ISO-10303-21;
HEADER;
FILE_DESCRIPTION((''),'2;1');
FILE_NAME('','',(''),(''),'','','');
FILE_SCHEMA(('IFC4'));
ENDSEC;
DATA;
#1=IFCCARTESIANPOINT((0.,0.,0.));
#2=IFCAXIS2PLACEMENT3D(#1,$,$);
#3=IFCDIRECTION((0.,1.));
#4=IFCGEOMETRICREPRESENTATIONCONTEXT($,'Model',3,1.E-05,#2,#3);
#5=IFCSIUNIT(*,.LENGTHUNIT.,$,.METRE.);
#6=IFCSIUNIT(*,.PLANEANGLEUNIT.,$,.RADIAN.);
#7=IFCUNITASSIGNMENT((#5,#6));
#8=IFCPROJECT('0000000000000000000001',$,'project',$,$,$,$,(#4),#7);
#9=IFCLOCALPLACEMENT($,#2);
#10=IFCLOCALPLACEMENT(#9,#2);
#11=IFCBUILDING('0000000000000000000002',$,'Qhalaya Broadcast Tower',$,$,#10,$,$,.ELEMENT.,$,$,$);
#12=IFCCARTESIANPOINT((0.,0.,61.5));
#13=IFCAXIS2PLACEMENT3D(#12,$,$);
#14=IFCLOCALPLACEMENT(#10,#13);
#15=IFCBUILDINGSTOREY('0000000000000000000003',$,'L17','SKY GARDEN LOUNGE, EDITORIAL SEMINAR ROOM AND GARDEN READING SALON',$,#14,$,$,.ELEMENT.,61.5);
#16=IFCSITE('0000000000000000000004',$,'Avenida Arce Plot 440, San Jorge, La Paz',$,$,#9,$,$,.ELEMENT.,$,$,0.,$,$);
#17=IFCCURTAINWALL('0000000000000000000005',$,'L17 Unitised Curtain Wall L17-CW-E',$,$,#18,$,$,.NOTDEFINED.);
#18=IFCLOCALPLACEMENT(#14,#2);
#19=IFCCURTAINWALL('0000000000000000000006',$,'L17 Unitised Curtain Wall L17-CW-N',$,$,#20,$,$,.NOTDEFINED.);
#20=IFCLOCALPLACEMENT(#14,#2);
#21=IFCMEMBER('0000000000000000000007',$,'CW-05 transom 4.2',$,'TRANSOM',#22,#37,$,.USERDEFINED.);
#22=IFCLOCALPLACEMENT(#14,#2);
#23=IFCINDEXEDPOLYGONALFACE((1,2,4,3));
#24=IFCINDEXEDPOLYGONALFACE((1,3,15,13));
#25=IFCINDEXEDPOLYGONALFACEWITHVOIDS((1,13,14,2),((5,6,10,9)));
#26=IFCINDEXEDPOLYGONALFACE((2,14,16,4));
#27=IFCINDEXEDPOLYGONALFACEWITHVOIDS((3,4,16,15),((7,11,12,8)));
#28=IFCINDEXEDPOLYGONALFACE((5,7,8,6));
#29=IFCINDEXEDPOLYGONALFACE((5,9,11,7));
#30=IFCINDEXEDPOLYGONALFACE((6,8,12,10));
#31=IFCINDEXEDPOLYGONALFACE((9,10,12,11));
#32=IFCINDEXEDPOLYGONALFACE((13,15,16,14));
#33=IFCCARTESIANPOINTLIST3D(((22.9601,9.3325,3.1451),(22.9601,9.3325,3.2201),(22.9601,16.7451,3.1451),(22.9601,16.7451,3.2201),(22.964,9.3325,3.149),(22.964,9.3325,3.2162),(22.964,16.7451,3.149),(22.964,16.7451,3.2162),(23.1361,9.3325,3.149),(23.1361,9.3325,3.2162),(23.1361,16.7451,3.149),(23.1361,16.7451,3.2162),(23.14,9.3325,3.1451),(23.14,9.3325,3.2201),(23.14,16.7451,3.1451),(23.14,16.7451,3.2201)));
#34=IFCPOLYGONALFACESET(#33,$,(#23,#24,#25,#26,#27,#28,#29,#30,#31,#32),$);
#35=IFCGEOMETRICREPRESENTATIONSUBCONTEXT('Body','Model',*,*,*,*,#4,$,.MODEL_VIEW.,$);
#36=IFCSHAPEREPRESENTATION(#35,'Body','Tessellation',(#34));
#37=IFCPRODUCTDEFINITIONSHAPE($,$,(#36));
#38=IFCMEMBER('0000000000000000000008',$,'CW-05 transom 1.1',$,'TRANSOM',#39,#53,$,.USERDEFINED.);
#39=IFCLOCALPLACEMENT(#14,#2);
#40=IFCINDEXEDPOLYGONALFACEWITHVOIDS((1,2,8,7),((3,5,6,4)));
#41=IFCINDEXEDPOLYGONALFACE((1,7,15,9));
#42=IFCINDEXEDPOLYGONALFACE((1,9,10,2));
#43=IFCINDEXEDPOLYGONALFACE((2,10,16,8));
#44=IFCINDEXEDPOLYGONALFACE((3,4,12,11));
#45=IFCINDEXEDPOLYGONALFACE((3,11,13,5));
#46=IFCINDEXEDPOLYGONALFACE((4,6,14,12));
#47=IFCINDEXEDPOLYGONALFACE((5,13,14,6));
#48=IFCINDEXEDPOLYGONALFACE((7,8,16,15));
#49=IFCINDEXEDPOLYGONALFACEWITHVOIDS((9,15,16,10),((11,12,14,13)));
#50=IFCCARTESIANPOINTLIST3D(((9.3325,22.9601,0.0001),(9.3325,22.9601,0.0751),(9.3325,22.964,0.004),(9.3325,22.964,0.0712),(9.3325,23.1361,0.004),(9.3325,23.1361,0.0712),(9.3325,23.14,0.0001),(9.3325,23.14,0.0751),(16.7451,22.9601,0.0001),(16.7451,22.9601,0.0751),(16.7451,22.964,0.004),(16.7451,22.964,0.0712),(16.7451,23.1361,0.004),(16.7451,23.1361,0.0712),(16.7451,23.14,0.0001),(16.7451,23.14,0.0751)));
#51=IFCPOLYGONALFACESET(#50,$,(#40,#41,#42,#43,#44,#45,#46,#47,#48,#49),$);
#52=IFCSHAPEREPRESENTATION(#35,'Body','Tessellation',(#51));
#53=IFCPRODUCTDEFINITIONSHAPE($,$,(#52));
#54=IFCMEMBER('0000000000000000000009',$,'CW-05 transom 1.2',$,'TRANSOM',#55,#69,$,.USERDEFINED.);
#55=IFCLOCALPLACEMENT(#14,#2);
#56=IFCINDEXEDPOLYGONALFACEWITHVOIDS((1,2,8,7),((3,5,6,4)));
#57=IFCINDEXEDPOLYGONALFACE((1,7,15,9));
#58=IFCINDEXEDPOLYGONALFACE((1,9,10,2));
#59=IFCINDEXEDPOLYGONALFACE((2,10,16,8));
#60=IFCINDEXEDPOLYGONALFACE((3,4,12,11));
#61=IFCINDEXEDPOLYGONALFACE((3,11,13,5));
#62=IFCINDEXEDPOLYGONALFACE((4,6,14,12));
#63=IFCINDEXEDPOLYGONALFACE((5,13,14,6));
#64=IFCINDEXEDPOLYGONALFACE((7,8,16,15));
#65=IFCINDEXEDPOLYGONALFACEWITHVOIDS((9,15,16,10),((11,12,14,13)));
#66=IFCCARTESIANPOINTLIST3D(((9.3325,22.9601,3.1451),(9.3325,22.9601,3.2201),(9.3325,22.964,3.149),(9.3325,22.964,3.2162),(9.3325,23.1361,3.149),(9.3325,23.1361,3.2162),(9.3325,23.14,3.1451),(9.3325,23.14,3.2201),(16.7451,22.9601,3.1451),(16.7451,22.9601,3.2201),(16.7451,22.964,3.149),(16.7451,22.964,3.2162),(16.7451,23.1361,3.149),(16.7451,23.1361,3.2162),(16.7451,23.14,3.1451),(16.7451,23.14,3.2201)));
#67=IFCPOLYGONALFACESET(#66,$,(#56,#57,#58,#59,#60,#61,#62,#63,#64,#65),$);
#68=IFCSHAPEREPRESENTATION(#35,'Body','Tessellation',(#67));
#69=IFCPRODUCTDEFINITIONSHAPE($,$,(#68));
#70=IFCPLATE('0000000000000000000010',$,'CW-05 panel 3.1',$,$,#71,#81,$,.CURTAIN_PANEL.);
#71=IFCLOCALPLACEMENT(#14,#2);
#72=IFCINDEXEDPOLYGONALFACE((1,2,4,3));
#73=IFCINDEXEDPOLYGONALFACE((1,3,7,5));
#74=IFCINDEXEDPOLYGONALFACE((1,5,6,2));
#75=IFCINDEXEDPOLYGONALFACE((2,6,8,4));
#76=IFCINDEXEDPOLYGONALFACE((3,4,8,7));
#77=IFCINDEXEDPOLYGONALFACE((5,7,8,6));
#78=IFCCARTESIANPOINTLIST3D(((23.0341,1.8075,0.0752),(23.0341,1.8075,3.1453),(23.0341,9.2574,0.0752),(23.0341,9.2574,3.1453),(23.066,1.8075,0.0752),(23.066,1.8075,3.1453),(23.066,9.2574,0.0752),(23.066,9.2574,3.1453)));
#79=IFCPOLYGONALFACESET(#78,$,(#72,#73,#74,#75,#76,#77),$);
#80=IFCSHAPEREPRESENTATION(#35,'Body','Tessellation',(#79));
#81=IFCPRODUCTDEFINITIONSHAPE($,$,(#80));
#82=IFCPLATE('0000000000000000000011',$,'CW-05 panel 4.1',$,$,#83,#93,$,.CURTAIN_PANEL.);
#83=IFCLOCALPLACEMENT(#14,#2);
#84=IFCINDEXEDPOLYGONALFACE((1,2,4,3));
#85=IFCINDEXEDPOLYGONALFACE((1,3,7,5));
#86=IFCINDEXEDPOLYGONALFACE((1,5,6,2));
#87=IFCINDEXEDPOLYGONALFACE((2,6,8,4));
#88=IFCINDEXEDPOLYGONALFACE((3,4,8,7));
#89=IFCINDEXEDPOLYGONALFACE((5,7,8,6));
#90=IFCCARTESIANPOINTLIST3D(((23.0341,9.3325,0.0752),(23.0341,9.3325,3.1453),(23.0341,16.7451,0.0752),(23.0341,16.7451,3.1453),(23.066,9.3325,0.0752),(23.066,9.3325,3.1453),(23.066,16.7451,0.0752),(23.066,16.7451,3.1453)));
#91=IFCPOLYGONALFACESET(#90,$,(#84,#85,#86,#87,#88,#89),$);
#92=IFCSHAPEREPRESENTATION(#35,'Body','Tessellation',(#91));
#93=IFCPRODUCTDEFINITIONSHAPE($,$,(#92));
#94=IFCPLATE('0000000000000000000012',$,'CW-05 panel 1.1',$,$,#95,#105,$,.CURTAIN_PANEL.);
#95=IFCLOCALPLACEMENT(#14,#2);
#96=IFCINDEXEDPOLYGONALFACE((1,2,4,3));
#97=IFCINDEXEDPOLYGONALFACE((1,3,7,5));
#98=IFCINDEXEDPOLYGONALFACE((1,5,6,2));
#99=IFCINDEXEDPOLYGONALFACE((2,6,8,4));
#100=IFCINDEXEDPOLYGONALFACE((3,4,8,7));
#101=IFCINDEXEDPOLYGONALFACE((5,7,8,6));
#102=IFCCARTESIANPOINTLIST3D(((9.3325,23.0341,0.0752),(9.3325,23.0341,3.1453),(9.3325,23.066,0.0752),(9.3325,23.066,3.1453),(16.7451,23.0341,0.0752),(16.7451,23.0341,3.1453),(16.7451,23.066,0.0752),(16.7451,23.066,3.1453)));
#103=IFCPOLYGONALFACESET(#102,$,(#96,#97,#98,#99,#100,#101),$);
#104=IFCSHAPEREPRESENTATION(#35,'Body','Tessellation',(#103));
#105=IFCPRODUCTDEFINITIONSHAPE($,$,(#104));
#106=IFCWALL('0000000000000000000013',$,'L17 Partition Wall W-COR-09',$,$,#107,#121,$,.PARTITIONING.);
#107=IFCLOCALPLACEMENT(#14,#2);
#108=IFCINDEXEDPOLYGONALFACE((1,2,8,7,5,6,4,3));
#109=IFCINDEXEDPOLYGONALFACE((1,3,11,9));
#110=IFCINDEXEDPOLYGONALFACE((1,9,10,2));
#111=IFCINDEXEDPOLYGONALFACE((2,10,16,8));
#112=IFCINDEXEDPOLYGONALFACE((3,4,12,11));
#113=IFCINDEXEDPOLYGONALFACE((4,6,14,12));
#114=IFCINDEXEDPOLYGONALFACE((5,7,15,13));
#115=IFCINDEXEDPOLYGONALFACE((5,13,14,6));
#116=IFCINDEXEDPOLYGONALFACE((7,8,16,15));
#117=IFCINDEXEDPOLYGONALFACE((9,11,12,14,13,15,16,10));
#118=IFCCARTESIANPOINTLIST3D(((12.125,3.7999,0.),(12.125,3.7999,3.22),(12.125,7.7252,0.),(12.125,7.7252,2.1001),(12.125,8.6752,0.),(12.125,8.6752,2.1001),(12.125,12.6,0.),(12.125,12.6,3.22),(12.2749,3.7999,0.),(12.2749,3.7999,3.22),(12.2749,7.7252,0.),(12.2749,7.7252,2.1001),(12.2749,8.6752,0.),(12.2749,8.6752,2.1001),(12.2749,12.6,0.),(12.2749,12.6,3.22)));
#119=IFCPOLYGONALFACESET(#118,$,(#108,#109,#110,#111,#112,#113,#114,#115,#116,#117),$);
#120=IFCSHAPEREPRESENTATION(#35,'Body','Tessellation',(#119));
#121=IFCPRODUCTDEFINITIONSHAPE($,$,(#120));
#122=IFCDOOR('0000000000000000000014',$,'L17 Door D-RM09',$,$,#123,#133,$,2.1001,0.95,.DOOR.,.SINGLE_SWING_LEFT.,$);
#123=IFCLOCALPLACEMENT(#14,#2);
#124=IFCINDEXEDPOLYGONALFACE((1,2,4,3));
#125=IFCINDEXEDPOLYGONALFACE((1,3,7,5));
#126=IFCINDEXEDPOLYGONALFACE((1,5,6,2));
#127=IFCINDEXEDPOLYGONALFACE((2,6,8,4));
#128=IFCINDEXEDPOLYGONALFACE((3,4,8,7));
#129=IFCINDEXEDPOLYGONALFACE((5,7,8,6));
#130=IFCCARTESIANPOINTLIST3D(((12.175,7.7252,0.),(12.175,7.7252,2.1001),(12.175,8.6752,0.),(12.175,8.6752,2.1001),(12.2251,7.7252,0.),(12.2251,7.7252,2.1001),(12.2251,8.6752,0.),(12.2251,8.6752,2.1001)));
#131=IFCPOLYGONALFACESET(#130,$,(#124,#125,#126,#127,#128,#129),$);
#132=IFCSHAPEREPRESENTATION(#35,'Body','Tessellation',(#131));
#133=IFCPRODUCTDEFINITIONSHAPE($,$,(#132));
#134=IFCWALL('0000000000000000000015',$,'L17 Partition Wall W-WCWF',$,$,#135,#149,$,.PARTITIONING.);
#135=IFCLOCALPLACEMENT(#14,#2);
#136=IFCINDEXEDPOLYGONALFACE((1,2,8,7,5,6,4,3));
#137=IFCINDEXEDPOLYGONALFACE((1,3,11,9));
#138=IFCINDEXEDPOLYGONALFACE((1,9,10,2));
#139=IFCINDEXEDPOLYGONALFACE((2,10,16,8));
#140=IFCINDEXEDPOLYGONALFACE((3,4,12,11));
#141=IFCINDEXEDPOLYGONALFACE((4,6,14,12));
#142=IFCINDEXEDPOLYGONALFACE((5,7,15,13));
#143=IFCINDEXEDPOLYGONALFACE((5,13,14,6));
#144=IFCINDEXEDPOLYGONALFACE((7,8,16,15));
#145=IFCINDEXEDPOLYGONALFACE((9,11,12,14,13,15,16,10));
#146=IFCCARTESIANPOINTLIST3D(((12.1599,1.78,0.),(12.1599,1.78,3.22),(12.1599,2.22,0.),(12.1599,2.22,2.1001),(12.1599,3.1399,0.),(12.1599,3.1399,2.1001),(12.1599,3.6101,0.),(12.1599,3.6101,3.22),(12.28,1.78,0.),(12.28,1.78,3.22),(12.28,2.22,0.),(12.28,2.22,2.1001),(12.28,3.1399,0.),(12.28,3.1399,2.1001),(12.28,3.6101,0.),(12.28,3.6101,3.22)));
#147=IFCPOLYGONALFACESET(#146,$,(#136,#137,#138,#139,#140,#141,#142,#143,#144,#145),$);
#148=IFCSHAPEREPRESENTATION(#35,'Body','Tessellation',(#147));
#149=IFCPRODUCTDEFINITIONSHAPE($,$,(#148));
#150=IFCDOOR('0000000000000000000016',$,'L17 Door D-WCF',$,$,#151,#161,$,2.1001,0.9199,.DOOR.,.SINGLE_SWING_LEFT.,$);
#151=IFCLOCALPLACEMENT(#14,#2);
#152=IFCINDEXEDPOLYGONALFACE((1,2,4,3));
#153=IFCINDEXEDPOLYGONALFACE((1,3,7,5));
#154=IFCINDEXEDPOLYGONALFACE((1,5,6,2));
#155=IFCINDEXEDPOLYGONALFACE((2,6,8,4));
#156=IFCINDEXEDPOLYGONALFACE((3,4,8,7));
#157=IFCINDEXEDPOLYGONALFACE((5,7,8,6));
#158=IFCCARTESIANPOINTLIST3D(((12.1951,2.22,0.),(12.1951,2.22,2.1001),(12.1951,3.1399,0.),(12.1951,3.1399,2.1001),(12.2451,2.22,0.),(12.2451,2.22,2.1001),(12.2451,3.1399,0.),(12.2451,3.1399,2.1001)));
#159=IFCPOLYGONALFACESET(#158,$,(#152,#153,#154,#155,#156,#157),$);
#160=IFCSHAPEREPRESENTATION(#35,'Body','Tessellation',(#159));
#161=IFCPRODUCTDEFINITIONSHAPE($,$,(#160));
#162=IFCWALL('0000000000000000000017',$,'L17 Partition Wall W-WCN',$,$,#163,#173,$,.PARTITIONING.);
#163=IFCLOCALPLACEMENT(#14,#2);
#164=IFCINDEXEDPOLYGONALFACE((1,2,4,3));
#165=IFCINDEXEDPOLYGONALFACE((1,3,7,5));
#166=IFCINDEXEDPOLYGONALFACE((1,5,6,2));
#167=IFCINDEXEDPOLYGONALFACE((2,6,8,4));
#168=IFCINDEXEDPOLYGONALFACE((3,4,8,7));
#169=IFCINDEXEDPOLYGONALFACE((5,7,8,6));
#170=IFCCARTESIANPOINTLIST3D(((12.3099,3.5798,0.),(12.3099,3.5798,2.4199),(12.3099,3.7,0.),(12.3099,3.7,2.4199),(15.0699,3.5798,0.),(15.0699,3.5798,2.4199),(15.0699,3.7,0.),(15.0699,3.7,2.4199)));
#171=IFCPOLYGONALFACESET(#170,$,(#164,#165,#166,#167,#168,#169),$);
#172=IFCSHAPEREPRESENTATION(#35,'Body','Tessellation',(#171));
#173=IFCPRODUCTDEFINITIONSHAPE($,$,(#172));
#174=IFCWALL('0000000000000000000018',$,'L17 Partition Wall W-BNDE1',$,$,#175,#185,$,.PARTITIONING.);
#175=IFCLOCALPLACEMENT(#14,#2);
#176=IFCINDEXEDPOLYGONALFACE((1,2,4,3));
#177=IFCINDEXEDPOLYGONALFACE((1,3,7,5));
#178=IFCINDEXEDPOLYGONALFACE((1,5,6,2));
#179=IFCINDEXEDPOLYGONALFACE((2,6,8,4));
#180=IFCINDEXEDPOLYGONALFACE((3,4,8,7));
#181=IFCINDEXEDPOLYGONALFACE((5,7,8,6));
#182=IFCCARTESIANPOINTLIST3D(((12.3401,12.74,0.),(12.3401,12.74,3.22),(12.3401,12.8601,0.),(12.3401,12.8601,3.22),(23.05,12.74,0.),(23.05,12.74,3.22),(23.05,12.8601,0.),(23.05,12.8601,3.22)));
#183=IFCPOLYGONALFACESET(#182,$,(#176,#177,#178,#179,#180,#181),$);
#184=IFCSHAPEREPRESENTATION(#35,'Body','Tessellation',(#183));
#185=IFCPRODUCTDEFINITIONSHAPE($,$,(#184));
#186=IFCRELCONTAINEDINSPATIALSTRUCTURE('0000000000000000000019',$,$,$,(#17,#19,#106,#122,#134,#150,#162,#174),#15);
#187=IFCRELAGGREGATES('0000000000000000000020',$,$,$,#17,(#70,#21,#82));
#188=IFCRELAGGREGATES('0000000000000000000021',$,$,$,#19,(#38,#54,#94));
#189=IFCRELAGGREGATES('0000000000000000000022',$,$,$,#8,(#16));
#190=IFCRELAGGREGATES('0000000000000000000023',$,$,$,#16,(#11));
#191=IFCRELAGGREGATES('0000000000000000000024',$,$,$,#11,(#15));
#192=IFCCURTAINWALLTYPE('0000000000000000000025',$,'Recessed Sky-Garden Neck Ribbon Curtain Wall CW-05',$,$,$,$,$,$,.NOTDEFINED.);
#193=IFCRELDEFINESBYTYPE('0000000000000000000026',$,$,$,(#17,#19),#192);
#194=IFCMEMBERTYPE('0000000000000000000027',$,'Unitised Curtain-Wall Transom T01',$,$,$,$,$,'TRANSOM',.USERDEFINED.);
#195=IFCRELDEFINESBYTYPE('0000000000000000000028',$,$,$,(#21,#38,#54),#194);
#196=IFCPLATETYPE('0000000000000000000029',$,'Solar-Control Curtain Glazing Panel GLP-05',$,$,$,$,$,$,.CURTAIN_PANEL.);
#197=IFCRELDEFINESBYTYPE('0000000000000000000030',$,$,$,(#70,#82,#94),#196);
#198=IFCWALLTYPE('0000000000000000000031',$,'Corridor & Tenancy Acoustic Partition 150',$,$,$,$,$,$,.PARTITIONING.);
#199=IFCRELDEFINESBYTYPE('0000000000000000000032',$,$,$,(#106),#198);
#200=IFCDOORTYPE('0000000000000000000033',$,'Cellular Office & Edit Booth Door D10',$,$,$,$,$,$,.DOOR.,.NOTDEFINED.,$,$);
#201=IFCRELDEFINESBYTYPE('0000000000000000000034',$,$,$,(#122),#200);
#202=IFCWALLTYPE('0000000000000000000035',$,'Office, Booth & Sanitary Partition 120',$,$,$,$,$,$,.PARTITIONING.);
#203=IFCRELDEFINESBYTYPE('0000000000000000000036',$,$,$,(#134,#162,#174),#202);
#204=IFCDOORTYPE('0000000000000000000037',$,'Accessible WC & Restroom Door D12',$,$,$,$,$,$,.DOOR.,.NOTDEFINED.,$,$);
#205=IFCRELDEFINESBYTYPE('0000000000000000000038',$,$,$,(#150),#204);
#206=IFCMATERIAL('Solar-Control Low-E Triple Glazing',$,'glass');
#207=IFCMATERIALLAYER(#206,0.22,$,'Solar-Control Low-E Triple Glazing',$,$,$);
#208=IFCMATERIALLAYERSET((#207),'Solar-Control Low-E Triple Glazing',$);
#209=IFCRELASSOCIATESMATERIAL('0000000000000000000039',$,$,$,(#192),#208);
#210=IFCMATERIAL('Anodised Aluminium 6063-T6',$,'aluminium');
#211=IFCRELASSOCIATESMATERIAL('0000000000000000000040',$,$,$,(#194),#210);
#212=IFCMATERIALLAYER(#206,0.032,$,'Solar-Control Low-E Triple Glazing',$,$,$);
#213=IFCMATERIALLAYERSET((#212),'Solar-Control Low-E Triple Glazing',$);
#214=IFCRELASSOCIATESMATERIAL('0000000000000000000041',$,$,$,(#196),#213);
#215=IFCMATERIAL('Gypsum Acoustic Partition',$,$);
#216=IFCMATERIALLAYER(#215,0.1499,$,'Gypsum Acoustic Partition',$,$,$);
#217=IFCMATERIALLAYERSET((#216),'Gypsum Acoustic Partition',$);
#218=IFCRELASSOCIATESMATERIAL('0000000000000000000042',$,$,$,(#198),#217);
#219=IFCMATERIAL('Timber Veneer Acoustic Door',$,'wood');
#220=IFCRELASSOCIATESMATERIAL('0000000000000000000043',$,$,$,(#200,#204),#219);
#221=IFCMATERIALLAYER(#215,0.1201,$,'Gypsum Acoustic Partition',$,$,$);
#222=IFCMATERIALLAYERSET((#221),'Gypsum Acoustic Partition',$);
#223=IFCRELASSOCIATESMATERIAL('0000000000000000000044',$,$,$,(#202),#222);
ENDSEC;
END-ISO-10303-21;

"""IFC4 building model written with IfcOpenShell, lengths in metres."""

from ifc_helpers import new_model, si_unit, direction, frame, frame_2d, origin, origin_2d, place, context, subcontext, project, spatial, rectangle, hollow_rectangle, extrude, material, layer, layer_set, material_profile, profile_set, type_object, element, fill, aggregate, save


model = new_model("IFC4")

# Units and contexts
model_context = context("Model", 3, precision=1e-05, world=origin(), true_north=direction((0.0, 1.0)))
body_context = subcontext(model_context, "Body", "Model", "MODEL_VIEW")
ifc_project = project(units=[si_unit("LENGTHUNIT", "METRE"), si_unit("PLANEANGLEUNIT", "RADIAN")], contexts=[model_context])

# Site, building, storey
site_placement = place(None, origin())
site = spatial("IfcSite", under=ifc_project, at=site_placement, Name="Avenida Arce Plot 440, San Jorge, La Paz", CompositionType="ELEMENT", RefElevation=0.0)
building_placement = place(site_placement, origin())
building = spatial("IfcBuilding", under=site, at=building_placement, Name="Qhalaya Broadcast Tower", CompositionType="ELEMENT")
storey_placement = place(building_placement, frame((0.0, 0.0, 61.5)))
storey = spatial("IfcBuildingStorey", under=building, at=storey_placement, Name="L17", Description="SKY GARDEN LOUNGE, EDITORIAL SEMINAR ROOM AND GARDEN READING SALON", CompositionType="ELEMENT", Elevation=61.5)

# Curtain wall
ifc_material_1 = material(Name="Solar-Control Low-E Triple Glazing", Category="glass")
ifc_layer_1 = layer(ifc_material_1, 0.22, Name="Solar-Control Low-E Triple Glazing")
ifc_layer_set_1 = layer_set([ifc_layer_1], Name="Solar-Control Low-E Triple Glazing")
curtain_wall_type = type_object("IfcCurtainWallType", Name="Recessed Sky-Garden Neck Ribbon Curtain Wall CW-05", PredefinedType="NOTDEFINED", material=ifc_layer_set_1)
curtain_wall_1_placement = place(storey_placement, origin())
curtain_wall_1 = element("IfcCurtainWall", 1, at=curtain_wall_1_placement, inside=storey, type_object=curtain_wall_type, Name="L17 Unitised Curtain Wall L17-CW-E", PredefinedType="NOTDEFINED")
ifc_material_2 = material(Name="Anodised Aluminium 6063-T6", Category="aluminium")

# Curtain wall
curtain_wall_2_placement = place(storey_placement, origin())
curtain_wall_2 = element("IfcCurtainWall", 2, at=curtain_wall_2_placement, inside=storey, type_object=curtain_wall_type, Name="L17 Unitised Curtain Wall L17-CW-N", PredefinedType="NOTDEFINED")

# Members
ifc_material_profile_1 = material_profile(ifc_material_2, hollow_rectangle(XDim=0.075, YDim=0.1799, WallThickness=0.0039, at=origin_2d()), Name="ALU-TRN 75x180x4")
ifc_profile_set_1 = profile_set([ifc_material_profile_1], Name="Anodised Aluminium 6063-T6")
member_type_1 = type_object("IfcMemberType", Name="Unitised Curtain-Wall Transom T01", ElementType="TRANSOM", PredefinedType="USERDEFINED", material=ifc_profile_set_1)
member_1_placement = place(storey_placement, frame((23.05, 9.3325, 3.1826), z_axis=(0.0, 1.0, 0.0), x_axis=(0.0, 0.0, 1.0)))
member_1 = element("IfcMember", 3, at=member_1_placement, type_object=member_type_1, Name="CW-05 transom 4.2", ObjectType="TRANSOM", PredefinedType="USERDEFINED", context=body_context, shape_type="SweptSolid", body=[
    extrude(hollow_rectangle(XDim=0.075, YDim=0.1799, WallThickness=0.0039, at=origin_2d()), origin(), (0.0, 0.0, 1.0), 7.4126),
])
member_2_placement = place(storey_placement, frame((16.7451, 23.05, 0.0376), z_axis=(-1.0, 0.0, 0.0), x_axis=(0.0, 0.0, 1.0)))
member_2 = element("IfcMember", 4, at=member_2_placement, type_object=member_type_1, Name="CW-05 transom 1.1", ObjectType="TRANSOM", PredefinedType="USERDEFINED", context=body_context, shape_type="SweptSolid", body=[
    extrude(hollow_rectangle(XDim=0.075, YDim=0.1799, WallThickness=0.0039, at=origin_2d()), origin(), (0.0, 0.0, 1.0), 7.4126),
])
member_3_placement = place(storey_placement, frame((16.7451, 23.05, 3.1826), z_axis=(-1.0, 0.0, 0.0), x_axis=(0.0, 0.0, 1.0)))
member_3 = element("IfcMember", 5, at=member_3_placement, type_object=member_type_1, Name="CW-05 transom 1.2", ObjectType="TRANSOM", PredefinedType="USERDEFINED", context=body_context, shape_type="SweptSolid", body=[
    extrude(hollow_rectangle(XDim=0.075, YDim=0.1799, WallThickness=0.0039, at=origin_2d()), origin(), (0.0, 0.0, 1.0), 7.4126),
])

# Plates
ifc_layer_2 = layer(ifc_material_1, 0.032, Name="Solar-Control Low-E Triple Glazing")
ifc_layer_set_2 = layer_set([ifc_layer_2], Name="Solar-Control Low-E Triple Glazing")
plate_type = type_object("IfcPlateType", Name="Solar-Control Curtain Glazing Panel GLP-05", PredefinedType="CURTAIN_PANEL", material=ifc_layer_set_2)
plate_1_placement = place(storey_placement, frame((23.05, 5.5325, 0.0752), z_axis=(0.0, 0.0, 1.0), x_axis=(0.0, 1.0, 0.0)))
plate_1 = element("IfcPlate", 6, at=plate_1_placement, type_object=plate_type, Name="CW-05 panel 3.1", PredefinedType="CURTAIN_PANEL", context=body_context, shape_type="SweptSolid", body=[
    extrude(rectangle(XDim=7.45, YDim=0.032, at=origin_2d()), origin(), (0.0, 0.0, 1.0), 3.0701),
])
plate_2_placement = place(storey_placement, frame((23.05, 13.0388, 0.0752), z_axis=(0.0, 0.0, 1.0), x_axis=(0.0, 1.0, 0.0)))
plate_2 = element("IfcPlate", 7, at=plate_2_placement, type_object=plate_type, Name="CW-05 panel 4.1", PredefinedType="CURTAIN_PANEL", context=body_context, shape_type="SweptSolid", body=[
    extrude(rectangle(XDim=7.4126, YDim=0.032, at=origin_2d()), origin(), (0.0, 0.0, 1.0), 3.0701),
])
aggregate(curtain_wall_1, [plate_1, member_1, plate_2])
plate_3_placement = place(storey_placement, frame((13.0388, 23.05, 0.0752), z_axis=(0.0, 0.0, 1.0), x_axis=(-1.0, 0.0, 0.0)))
plate_3 = element("IfcPlate", 8, at=plate_3_placement, type_object=plate_type, Name="CW-05 panel 1.1", PredefinedType="CURTAIN_PANEL", context=body_context, shape_type="SweptSolid", body=[
    extrude(rectangle(XDim=7.4126, YDim=0.032, at=origin_2d()), origin(), (0.0, 0.0, 1.0), 3.0701),
])
aggregate(curtain_wall_2, [member_2, member_3, plate_3])

# Walls, openings, doors
ifc_material_3 = material(Name="Gypsum Acoustic Partition")
ifc_layer_3 = layer(ifc_material_3, 0.1499, Name="Gypsum Acoustic Partition")
ifc_layer_set_3 = layer_set([ifc_layer_3], Name="Gypsum Acoustic Partition")
wall_type_1 = type_object("IfcWallType", Name="Corridor & Tenancy Acoustic Partition 150", PredefinedType="PARTITIONING", material=ifc_layer_set_3)
wall_1_placement = place(storey_placement, frame((12.2, 3.8, 0.0), z_axis=(0.0, 0.0, 1.0), x_axis=(0.0, 1.0, 0.0)))
wall_1 = element("IfcWall", 9, at=wall_1_placement, inside=storey, type_object=wall_type_1, Name="L17 Partition Wall W-COR-09", PredefinedType="PARTITIONING", context=body_context, shape_type="SweptSolid", body=[
    extrude(rectangle(XDim=8.8, YDim=0.1499, at=frame_2d((4.3999, 0.0))), origin(), (0.0, 0.0, 1.0), 3.22),
])
opening_1_placement = place(wall_1_placement, frame((3.925, 0.0, 0.0)))
opening_1 = element("IfcOpeningElement", 10, at=opening_1_placement, cuts=wall_1, PredefinedType="OPENING", context=body_context, shape_type="SweptSolid", body=[
    extrude(rectangle(XDim=0.95, YDim=2.1001, at=frame_2d((0.4751, 1.05))), frame((0.0, 0.0869, 0.0), z_axis=(0.0, -1.0, 0.0), x_axis=(1.0, 0.0, 0.0)), (0.0, 0.0, 1.0), 0.1738),
])
ifc_material_4 = material(Name="Timber Veneer Acoustic Door", Category="wood")
door_type_1 = type_object("IfcDoorType", Name="Cellular Office & Edit Booth Door D10", OperationType="NOTDEFINED", PredefinedType="DOOR", material=ifc_material_4)
door_1_placement = place(opening_1_placement, origin())
door_1 = element("IfcDoor", 11, at=door_1_placement, inside=storey, type_object=door_type_1, Name="L17 Door D-RM09", OperationType="SINGLE_SWING_LEFT", OverallHeight=2.1001, OverallWidth=0.95, PredefinedType="DOOR", context=body_context, shape_type="SweptSolid", body=[
    extrude(rectangle(XDim=0.95, YDim=2.1001, at=frame_2d((0.4751, 1.05))), frame((0.0, 0.0249, 0.0), z_axis=(0.0, -1.0, 0.0), x_axis=(1.0, 0.0, 0.0)), (0.0, 0.0, 1.0), 0.05),
])
fill(opening_1, door_1)
ifc_layer_4 = layer(ifc_material_3, 0.1201, Name="Gypsum Acoustic Partition")
ifc_layer_set_4 = layer_set([ifc_layer_4], Name="Gypsum Acoustic Partition")
wall_type_2 = type_object("IfcWallType", Name="Office, Booth & Sanitary Partition 120", PredefinedType="PARTITIONING", material=ifc_layer_set_4)
wall_2_placement = place(storey_placement, frame((12.22, 1.78, 0.0), z_axis=(0.0, 0.0, 1.0), x_axis=(0.0, 1.0, 0.0)))
wall_2 = element("IfcWall", 12, at=wall_2_placement, inside=storey, type_object=wall_type_2, Name="L17 Partition Wall W-WCWF", PredefinedType="PARTITIONING", context=body_context, shape_type="SweptSolid", body=[
    extrude(rectangle(XDim=1.8301, YDim=0.1201, at=frame_2d((0.915, 0.0))), origin(), (0.0, 0.0, 1.0), 3.22),
])
opening_2_placement = place(wall_2_placement, frame((0.4399, 0.0, 0.0)))
opening_2 = element("IfcOpeningElement", 13, at=opening_2_placement, cuts=wall_2, PredefinedType="OPENING", context=body_context, shape_type="SweptSolid", body=[
    extrude(rectangle(XDim=0.9199, YDim=2.1001, at=frame_2d((0.46, 1.05))), frame((0.0, 0.072, 0.0), z_axis=(0.0, -1.0, 0.0), x_axis=(1.0, 0.0, 0.0)), (0.0, 0.0, 1.0), 0.144),
])
door_type_2 = type_object("IfcDoorType", Name="Accessible WC & Restroom Door D12", OperationType="NOTDEFINED", PredefinedType="DOOR", material=ifc_material_4)
door_2_placement = place(opening_2_placement, origin())
door_2 = element("IfcDoor", 14, at=door_2_placement, inside=storey, type_object=door_type_2, Name="L17 Door D-WCF", OperationType="SINGLE_SWING_LEFT", OverallHeight=2.1001, OverallWidth=0.9199, PredefinedType="DOOR", context=body_context, shape_type="SweptSolid", body=[
    extrude(rectangle(XDim=0.9199, YDim=2.1001, at=frame_2d((0.46, 1.05))), frame((0.0, 0.0249, 0.0), z_axis=(0.0, -1.0, 0.0), x_axis=(1.0, 0.0, 0.0)), (0.0, 0.0, 1.0), 0.05),
])
fill(opening_2, door_2)

# Walls
wall_3_placement = place(storey_placement, frame((12.3101, 3.6399, 0.0), z_axis=(0.0, 0.0, 1.0), x_axis=(1.0, 0.0, 0.0)))
element("IfcWall", 15, at=wall_3_placement, inside=storey, type_object=wall_type_2, Name="L17 Partition Wall W-WCN", PredefinedType="PARTITIONING", context=body_context, shape_type="SweptSolid", body=[
    extrude(rectangle(XDim=2.76, YDim=0.1201, at=frame_2d((1.3799, 0.0))), origin(), (0.0, 0.0, 1.0), 2.4199),
])
wall_4_placement = place(storey_placement, frame((12.3401, 12.8, 0.0), z_axis=(0.0, 0.0, 1.0), x_axis=(1.0, 0.0, 0.0)))
element("IfcWall", 16, at=wall_4_placement, inside=storey, type_object=wall_type_2, Name="L17 Partition Wall W-BNDE1", PredefinedType="PARTITIONING", context=body_context, shape_type="SweptSolid", body=[
    extrude(rectangle(XDim=10.71, YDim=0.1201, at=frame_2d((5.355, 0.0))), origin(), (0.0, 0.0, 1.0), 3.22),
])

save(model, "model.ifc")
